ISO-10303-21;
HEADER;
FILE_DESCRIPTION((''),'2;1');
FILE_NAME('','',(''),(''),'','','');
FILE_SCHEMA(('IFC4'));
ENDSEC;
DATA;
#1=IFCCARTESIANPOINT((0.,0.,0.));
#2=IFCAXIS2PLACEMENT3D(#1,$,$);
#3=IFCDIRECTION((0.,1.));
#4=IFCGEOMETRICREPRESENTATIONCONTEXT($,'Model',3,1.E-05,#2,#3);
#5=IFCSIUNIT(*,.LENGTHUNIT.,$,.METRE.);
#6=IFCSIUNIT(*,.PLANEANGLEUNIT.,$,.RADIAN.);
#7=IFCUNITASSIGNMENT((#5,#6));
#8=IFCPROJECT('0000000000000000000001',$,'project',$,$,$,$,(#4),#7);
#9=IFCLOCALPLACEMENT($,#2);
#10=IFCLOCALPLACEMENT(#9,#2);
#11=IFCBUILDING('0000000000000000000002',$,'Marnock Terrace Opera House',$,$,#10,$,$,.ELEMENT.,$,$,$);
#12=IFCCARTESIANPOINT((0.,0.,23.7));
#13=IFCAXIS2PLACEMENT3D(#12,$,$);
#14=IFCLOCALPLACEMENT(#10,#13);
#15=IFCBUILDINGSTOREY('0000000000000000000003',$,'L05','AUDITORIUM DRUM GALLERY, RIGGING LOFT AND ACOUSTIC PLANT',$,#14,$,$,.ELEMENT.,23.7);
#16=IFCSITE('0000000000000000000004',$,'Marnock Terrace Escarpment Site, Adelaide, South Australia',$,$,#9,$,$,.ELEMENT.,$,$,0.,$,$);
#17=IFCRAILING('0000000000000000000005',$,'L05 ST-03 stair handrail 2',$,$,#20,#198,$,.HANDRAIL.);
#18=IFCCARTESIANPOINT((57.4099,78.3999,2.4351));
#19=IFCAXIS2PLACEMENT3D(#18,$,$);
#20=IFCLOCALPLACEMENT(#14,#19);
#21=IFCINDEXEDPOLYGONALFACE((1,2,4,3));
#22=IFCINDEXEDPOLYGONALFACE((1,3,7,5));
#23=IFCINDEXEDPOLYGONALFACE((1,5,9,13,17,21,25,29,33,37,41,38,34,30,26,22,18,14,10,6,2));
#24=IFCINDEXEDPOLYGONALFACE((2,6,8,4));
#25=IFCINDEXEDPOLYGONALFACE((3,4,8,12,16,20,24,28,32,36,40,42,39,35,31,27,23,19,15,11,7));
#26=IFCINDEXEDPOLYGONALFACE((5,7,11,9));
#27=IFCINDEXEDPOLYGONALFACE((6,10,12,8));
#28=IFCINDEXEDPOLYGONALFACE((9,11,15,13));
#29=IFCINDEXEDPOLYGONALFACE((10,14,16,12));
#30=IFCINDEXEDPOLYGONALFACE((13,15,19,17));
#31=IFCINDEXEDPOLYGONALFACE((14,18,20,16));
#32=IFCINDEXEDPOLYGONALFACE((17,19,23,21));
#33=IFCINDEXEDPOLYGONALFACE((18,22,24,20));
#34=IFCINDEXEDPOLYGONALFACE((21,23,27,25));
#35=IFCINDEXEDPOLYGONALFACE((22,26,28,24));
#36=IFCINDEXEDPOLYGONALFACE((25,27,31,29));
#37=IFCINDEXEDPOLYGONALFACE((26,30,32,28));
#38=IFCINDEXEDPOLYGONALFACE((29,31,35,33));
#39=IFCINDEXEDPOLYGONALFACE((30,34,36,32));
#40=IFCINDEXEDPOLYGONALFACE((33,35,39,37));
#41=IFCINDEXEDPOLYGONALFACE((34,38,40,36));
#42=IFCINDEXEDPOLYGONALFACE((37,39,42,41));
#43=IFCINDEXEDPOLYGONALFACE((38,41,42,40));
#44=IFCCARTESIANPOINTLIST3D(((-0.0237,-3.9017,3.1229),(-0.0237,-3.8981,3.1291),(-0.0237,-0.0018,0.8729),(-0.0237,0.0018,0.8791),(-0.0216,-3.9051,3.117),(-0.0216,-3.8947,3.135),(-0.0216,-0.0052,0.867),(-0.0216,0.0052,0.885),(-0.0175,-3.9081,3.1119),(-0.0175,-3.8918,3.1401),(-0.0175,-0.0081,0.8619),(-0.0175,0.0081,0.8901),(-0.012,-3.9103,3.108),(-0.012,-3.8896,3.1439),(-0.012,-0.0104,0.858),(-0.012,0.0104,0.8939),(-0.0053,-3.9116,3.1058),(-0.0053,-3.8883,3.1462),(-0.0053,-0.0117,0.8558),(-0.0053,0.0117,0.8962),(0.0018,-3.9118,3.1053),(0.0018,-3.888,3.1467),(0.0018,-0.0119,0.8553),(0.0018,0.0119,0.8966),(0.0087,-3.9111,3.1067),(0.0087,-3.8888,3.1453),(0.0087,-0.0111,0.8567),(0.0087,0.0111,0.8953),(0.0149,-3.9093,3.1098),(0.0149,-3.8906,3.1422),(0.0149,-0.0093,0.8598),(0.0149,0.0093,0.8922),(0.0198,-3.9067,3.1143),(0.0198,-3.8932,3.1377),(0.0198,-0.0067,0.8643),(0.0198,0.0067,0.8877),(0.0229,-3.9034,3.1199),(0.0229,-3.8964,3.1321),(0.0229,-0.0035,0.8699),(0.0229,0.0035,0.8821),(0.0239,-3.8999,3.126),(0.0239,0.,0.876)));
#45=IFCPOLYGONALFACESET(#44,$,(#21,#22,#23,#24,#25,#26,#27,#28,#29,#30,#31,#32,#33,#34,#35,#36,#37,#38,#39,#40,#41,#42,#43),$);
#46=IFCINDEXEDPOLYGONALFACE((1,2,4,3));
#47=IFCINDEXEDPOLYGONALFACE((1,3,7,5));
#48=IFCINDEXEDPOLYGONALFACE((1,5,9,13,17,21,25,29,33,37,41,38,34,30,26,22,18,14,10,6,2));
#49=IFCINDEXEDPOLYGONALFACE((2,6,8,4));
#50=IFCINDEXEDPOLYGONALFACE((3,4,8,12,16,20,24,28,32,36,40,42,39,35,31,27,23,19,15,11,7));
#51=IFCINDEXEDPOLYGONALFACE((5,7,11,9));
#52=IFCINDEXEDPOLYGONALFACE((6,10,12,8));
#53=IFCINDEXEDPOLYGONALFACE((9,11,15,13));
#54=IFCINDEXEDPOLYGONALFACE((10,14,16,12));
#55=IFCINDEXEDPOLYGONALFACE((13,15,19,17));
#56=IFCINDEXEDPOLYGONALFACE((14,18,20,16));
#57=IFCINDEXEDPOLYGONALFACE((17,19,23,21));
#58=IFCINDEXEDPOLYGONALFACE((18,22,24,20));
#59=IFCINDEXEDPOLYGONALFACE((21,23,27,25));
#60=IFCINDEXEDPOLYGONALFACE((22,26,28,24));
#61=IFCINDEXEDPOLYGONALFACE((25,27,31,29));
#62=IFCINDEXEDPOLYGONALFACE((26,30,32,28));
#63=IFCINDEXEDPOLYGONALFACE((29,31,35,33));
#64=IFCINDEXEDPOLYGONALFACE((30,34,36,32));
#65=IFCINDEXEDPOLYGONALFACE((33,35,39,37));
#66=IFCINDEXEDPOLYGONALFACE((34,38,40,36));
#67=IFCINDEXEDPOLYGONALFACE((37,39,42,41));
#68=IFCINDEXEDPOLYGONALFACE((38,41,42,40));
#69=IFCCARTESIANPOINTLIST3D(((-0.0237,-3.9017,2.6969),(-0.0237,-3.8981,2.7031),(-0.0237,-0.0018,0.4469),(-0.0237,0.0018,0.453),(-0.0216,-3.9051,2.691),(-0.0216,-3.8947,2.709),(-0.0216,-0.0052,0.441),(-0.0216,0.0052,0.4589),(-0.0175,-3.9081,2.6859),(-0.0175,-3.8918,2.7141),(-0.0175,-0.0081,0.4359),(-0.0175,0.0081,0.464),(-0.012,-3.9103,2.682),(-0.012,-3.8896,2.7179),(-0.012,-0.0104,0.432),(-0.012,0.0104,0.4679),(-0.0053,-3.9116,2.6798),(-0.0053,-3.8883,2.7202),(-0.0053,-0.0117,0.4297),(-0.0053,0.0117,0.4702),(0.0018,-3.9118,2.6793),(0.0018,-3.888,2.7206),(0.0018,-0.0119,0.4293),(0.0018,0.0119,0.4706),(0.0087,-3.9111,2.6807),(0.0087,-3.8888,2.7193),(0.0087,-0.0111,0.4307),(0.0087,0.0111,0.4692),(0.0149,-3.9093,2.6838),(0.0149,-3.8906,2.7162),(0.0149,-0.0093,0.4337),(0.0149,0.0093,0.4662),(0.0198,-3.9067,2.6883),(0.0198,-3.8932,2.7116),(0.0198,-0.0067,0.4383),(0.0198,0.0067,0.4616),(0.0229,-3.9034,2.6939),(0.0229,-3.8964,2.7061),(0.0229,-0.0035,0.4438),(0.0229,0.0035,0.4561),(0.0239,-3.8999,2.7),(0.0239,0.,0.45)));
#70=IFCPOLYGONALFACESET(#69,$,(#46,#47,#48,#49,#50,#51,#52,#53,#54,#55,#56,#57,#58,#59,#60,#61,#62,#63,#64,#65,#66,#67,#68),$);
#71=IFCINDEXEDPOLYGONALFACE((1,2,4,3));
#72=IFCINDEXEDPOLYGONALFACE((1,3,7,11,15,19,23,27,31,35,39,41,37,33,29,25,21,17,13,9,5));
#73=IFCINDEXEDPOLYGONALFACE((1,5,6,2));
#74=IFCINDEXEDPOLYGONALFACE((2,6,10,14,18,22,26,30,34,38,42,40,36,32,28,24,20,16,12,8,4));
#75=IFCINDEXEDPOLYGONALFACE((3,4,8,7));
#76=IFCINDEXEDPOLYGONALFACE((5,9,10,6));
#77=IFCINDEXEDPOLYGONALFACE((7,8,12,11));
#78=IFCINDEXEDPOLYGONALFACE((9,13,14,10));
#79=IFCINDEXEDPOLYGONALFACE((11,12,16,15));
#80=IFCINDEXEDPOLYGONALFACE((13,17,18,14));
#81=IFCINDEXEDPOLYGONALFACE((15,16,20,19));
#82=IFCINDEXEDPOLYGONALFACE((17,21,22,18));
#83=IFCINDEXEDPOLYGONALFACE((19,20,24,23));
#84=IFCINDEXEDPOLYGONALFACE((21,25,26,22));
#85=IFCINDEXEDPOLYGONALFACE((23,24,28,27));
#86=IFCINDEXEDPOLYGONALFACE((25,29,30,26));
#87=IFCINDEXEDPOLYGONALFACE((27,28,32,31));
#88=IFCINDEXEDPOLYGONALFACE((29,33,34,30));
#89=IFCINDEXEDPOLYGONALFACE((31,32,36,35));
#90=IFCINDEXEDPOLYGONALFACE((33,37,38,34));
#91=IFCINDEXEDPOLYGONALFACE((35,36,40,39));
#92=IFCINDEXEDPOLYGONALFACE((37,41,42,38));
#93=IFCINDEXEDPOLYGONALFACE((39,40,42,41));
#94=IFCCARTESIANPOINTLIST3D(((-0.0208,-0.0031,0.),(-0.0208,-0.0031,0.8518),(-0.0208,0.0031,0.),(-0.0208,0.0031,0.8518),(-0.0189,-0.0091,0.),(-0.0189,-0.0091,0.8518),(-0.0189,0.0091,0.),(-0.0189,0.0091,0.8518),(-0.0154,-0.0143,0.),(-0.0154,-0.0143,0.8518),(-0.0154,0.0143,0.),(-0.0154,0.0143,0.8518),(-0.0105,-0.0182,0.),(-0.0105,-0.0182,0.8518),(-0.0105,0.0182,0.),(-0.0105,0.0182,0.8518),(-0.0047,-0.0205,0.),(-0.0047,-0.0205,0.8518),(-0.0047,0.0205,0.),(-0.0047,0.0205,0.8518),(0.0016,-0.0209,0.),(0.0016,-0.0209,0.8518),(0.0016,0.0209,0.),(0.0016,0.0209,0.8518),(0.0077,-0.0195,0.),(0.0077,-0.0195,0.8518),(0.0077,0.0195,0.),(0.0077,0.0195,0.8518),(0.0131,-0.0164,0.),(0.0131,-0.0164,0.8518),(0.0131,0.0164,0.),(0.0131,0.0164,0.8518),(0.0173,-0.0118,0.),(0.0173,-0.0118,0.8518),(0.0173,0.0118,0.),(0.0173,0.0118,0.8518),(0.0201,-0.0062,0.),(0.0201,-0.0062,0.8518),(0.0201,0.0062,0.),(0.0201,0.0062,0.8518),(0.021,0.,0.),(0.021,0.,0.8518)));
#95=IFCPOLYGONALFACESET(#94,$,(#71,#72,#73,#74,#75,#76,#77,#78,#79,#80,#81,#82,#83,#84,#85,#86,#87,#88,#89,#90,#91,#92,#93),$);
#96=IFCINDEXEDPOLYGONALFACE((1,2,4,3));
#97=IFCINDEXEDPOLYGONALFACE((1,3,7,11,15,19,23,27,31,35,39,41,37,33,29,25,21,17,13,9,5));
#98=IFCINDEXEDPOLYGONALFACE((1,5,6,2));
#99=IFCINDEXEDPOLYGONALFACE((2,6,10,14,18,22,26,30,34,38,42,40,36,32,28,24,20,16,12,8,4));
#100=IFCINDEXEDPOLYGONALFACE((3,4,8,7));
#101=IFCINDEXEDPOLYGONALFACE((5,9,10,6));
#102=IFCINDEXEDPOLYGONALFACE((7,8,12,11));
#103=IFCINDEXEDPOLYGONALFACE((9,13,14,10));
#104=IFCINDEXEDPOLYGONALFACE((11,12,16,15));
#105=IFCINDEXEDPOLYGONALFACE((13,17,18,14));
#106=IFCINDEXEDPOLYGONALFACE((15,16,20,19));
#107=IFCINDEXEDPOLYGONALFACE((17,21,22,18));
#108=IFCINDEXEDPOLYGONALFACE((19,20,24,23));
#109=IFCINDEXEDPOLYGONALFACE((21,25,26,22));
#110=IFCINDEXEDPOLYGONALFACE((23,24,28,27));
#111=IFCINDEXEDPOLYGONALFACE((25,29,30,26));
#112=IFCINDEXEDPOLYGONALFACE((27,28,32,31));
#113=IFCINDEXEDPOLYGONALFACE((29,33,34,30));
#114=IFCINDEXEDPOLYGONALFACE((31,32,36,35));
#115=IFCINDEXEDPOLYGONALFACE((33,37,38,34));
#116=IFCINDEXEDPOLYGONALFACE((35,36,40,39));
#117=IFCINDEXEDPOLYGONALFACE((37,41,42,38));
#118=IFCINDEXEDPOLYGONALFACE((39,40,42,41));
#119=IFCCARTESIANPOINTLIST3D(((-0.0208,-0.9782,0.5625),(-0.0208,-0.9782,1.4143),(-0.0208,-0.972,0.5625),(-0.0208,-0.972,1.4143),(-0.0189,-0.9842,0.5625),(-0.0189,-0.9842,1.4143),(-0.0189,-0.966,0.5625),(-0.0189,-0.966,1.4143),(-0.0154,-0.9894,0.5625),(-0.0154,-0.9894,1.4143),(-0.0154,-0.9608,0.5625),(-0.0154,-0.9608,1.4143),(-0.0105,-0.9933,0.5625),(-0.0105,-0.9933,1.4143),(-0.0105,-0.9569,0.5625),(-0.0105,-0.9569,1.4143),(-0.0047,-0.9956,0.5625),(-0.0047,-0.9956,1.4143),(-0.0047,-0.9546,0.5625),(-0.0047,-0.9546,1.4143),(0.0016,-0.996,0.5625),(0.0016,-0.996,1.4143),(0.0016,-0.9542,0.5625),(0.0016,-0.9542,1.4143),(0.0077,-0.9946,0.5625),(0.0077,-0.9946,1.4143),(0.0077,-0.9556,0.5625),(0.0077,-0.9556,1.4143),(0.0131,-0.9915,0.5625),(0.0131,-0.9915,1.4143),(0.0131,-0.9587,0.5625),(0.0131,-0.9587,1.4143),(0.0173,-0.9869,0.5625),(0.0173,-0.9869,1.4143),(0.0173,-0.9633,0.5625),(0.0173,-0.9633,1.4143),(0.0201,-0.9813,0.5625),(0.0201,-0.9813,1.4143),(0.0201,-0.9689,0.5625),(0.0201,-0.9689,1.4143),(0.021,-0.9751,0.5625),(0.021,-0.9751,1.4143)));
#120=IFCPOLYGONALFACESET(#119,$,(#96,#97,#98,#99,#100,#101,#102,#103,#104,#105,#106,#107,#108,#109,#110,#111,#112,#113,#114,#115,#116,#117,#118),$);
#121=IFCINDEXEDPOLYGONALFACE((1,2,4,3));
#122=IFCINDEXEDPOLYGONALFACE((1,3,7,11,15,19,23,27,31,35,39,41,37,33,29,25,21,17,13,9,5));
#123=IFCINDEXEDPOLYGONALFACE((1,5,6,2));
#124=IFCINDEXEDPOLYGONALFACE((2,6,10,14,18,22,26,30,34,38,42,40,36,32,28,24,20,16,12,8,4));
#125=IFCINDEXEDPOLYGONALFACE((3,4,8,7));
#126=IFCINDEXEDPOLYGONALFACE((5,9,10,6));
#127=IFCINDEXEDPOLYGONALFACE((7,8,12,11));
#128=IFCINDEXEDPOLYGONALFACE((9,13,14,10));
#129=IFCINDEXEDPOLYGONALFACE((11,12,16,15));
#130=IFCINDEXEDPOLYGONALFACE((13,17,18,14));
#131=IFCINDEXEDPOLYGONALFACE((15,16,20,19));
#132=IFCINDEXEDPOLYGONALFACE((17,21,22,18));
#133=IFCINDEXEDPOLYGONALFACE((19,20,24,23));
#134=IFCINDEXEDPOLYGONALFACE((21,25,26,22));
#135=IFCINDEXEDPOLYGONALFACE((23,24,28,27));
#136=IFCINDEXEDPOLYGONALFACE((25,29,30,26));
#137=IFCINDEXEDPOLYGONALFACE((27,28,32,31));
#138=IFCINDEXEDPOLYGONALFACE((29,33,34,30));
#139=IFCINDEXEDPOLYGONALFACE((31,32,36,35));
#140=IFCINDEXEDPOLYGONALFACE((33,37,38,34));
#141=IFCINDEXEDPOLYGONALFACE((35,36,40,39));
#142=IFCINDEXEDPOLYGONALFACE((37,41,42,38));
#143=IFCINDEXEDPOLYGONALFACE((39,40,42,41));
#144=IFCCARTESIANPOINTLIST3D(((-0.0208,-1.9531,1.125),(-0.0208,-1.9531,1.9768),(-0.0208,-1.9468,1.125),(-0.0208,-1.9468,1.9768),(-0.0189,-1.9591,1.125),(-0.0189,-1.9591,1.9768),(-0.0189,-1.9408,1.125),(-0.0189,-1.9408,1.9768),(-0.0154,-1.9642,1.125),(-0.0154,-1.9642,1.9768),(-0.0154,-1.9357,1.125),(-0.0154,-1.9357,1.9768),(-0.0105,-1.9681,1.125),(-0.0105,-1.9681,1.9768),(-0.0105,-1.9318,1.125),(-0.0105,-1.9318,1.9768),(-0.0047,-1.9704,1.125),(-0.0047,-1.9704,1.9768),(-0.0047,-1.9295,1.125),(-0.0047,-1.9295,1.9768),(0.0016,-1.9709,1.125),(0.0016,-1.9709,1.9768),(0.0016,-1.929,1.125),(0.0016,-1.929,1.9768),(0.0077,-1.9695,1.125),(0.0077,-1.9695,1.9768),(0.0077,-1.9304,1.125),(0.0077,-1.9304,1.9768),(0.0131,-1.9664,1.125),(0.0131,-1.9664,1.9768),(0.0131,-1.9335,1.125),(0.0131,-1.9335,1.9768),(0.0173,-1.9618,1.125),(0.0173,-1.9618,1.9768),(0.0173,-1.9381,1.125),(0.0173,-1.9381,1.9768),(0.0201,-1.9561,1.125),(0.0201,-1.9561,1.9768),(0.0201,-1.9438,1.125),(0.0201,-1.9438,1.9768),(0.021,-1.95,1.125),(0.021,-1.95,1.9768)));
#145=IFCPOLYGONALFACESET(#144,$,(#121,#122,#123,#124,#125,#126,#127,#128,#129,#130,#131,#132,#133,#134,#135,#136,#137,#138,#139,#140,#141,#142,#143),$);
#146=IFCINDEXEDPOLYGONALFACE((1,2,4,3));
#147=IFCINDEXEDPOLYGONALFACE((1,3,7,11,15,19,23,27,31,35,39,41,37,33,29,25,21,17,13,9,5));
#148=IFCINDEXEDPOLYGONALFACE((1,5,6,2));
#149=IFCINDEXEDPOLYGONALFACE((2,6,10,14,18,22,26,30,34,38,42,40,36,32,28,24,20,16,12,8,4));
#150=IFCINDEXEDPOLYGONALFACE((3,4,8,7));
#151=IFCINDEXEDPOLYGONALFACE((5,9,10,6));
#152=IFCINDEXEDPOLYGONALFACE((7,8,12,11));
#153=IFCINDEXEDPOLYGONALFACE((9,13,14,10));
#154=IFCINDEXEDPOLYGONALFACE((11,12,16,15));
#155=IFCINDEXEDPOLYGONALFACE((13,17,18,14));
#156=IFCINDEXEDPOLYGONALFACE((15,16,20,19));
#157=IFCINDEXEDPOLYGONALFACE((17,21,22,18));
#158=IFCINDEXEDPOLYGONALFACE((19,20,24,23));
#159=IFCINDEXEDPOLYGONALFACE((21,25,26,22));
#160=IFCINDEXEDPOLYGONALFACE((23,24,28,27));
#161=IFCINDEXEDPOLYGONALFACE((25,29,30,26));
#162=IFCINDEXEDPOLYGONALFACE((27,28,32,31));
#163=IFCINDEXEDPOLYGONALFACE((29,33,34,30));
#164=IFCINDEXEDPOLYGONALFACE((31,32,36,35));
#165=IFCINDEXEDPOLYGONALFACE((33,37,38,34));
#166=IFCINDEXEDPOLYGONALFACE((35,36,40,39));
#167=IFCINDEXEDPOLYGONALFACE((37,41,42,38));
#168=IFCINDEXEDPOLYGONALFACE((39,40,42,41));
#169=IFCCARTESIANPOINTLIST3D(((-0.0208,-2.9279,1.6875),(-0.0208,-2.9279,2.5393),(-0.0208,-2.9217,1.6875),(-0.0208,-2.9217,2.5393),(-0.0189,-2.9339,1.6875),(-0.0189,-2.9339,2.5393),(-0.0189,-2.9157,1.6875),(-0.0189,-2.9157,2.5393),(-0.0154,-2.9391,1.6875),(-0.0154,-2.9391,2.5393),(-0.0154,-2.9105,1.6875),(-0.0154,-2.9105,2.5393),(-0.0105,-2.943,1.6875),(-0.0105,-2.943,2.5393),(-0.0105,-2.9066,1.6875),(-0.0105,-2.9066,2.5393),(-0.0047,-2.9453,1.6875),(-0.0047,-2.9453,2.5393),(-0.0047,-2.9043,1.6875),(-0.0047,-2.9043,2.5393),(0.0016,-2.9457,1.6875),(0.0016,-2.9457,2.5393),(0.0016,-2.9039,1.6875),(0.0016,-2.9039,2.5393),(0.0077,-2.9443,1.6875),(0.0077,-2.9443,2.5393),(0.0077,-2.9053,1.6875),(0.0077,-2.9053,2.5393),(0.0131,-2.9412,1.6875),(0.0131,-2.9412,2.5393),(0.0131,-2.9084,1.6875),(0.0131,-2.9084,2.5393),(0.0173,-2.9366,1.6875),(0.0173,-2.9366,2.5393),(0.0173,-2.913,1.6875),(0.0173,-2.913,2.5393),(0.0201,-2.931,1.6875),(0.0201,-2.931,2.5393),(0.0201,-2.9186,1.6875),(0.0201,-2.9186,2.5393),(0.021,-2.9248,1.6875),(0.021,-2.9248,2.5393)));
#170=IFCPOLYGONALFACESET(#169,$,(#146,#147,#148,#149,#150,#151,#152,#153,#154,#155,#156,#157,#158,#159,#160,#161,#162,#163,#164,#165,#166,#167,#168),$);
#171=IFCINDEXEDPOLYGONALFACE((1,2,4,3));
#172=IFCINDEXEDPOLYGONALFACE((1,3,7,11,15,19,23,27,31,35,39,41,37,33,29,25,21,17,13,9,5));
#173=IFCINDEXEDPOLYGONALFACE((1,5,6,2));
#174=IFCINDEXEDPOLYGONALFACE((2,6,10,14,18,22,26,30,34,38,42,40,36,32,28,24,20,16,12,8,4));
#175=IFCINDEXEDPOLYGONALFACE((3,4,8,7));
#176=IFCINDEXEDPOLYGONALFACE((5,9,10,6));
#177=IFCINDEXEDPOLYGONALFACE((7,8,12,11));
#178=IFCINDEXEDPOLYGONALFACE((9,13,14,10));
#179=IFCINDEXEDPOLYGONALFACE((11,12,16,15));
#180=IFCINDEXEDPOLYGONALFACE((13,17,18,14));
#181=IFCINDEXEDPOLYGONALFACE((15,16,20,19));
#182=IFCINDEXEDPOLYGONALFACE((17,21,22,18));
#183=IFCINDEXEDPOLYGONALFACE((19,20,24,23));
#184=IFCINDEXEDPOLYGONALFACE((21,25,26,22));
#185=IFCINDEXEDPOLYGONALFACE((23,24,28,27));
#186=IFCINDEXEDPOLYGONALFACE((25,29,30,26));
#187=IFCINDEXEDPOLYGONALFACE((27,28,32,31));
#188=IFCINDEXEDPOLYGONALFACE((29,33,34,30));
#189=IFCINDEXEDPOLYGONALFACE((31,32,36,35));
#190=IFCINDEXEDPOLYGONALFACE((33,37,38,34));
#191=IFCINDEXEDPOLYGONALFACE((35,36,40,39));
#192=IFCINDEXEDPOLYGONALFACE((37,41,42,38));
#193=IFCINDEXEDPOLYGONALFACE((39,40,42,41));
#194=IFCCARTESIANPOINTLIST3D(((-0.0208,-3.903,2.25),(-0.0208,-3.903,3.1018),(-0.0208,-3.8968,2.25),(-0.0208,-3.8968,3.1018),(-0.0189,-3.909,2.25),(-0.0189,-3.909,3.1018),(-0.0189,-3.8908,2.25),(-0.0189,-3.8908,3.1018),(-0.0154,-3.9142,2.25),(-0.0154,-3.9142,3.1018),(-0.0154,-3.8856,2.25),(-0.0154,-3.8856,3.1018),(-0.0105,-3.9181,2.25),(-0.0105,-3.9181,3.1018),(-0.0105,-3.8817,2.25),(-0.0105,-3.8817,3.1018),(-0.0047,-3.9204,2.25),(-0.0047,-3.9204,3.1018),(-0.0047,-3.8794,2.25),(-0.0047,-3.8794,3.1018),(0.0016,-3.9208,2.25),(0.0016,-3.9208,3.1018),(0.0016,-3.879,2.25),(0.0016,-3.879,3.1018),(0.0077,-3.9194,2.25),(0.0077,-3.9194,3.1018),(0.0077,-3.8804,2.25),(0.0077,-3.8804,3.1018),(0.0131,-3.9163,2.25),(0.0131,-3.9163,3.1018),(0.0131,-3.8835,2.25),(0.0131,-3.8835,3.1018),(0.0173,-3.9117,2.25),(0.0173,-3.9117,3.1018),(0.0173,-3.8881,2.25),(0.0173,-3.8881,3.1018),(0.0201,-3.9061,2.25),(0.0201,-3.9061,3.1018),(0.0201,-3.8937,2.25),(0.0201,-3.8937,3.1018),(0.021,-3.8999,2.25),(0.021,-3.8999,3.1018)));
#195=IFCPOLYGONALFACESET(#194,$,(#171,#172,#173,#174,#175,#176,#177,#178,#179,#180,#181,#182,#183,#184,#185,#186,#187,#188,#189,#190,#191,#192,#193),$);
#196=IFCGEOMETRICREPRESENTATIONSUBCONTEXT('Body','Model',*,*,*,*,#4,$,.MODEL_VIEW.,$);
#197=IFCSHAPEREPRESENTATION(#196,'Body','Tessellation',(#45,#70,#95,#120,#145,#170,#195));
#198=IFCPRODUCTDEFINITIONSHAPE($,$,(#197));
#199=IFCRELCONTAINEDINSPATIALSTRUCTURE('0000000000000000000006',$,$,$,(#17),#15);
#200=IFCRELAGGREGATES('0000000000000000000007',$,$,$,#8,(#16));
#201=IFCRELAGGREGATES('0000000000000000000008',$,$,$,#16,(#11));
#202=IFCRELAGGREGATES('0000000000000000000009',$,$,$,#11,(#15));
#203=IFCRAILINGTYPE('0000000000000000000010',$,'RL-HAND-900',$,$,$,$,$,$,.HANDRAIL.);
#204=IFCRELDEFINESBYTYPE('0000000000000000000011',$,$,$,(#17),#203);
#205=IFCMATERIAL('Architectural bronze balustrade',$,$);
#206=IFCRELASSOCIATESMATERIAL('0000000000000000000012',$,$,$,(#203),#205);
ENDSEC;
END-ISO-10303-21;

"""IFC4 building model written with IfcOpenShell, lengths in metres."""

from ifc_helpers import new_model, si_unit, direction, frame, origin, origin_2d, place, context, subcontext, project, spatial, circle, extrude, material, type_object, element, save


model = new_model("IFC4")

# Units and contexts
model_context = context("Model", 3, precision=1e-05, world=origin(), true_north=direction((0.0, 1.0)))
body_context = subcontext(model_context, "Body", "Model", "MODEL_VIEW")
ifc_project = project(units=[si_unit("LENGTHUNIT", "METRE"), si_unit("PLANEANGLEUNIT", "RADIAN")], contexts=[model_context])

# Site, building, storey
site_placement = place(None, origin())
site = spatial("IfcSite", under=ifc_project, at=site_placement, Name="Marnock Terrace Escarpment Site, Adelaide, South Australia", CompositionType="ELEMENT", RefElevation=0.0)
building_placement = place(site_placement, origin())
building = spatial("IfcBuilding", under=site, at=building_placement, Name="Marnock Terrace Opera House", CompositionType="ELEMENT")
storey_placement = place(building_placement, frame((0.0, 0.0, 23.7)))
storey = spatial("IfcBuildingStorey", under=building, at=storey_placement, Name="L05", Description="AUDITORIUM DRUM GALLERY, RIGGING LOFT AND ACOUSTIC PLANT", CompositionType="ELEMENT", Elevation=23.7)

# Railing
ifc_material_1 = material(Name="Architectural bronze balustrade")
railing_type_1 = type_object("IfcRailingType", Name="RL-HAND-900", PredefinedType="HANDRAIL", material=ifc_material_1)
railing_1_placement = place(storey_placement, frame((57.4099, 78.3999, 2.4351)))
element("IfcRailing", 1, at=railing_1_placement, inside=storey, type_object=railing_type_1, Name="L05 ST-03 stair handrail 2", PredefinedType="HANDRAIL", context=body_context, shape_type="SweptSolid", body=[
    extrude(circle(Radius=0.0239, at=origin_2d()), frame((0.0, 0.0, 0.876), z_axis=(0.0, -0.86618, 0.499732), x_axis=(1.0, 0.0, 0.0)), (0.0, 0.0, 1.0), 4.5024),
    extrude(circle(Radius=0.0239, at=origin_2d()), frame((0.0, 0.0, 0.45), z_axis=(0.0, -0.86618, 0.499732), x_axis=(1.0, 0.0, 0.0)), (0.0, 0.0, 1.0), 4.5024),
    extrude(circle(Radius=0.021, at=origin_2d()), origin(), (0.0, 0.0, 1.0), 0.8518),
    extrude(circle(Radius=0.021, at=origin_2d()), frame((0.0, -0.9751, 0.5625)), (0.0, 0.0, 1.0), 0.8518),
    extrude(circle(Radius=0.021, at=origin_2d()), frame((0.0, -1.95, 1.125)), (0.0, 0.0, 1.0), 0.8518),
    extrude(circle(Radius=0.021, at=origin_2d()), frame((0.0, -2.9248, 1.6875)), (0.0, 0.0, 1.0), 0.8518),
    extrude(circle(Radius=0.021, at=origin_2d()), frame((0.0, -3.8999, 2.25)), (0.0, 0.0, 1.0), 0.8518),
])

save(model, "model.ifc")
